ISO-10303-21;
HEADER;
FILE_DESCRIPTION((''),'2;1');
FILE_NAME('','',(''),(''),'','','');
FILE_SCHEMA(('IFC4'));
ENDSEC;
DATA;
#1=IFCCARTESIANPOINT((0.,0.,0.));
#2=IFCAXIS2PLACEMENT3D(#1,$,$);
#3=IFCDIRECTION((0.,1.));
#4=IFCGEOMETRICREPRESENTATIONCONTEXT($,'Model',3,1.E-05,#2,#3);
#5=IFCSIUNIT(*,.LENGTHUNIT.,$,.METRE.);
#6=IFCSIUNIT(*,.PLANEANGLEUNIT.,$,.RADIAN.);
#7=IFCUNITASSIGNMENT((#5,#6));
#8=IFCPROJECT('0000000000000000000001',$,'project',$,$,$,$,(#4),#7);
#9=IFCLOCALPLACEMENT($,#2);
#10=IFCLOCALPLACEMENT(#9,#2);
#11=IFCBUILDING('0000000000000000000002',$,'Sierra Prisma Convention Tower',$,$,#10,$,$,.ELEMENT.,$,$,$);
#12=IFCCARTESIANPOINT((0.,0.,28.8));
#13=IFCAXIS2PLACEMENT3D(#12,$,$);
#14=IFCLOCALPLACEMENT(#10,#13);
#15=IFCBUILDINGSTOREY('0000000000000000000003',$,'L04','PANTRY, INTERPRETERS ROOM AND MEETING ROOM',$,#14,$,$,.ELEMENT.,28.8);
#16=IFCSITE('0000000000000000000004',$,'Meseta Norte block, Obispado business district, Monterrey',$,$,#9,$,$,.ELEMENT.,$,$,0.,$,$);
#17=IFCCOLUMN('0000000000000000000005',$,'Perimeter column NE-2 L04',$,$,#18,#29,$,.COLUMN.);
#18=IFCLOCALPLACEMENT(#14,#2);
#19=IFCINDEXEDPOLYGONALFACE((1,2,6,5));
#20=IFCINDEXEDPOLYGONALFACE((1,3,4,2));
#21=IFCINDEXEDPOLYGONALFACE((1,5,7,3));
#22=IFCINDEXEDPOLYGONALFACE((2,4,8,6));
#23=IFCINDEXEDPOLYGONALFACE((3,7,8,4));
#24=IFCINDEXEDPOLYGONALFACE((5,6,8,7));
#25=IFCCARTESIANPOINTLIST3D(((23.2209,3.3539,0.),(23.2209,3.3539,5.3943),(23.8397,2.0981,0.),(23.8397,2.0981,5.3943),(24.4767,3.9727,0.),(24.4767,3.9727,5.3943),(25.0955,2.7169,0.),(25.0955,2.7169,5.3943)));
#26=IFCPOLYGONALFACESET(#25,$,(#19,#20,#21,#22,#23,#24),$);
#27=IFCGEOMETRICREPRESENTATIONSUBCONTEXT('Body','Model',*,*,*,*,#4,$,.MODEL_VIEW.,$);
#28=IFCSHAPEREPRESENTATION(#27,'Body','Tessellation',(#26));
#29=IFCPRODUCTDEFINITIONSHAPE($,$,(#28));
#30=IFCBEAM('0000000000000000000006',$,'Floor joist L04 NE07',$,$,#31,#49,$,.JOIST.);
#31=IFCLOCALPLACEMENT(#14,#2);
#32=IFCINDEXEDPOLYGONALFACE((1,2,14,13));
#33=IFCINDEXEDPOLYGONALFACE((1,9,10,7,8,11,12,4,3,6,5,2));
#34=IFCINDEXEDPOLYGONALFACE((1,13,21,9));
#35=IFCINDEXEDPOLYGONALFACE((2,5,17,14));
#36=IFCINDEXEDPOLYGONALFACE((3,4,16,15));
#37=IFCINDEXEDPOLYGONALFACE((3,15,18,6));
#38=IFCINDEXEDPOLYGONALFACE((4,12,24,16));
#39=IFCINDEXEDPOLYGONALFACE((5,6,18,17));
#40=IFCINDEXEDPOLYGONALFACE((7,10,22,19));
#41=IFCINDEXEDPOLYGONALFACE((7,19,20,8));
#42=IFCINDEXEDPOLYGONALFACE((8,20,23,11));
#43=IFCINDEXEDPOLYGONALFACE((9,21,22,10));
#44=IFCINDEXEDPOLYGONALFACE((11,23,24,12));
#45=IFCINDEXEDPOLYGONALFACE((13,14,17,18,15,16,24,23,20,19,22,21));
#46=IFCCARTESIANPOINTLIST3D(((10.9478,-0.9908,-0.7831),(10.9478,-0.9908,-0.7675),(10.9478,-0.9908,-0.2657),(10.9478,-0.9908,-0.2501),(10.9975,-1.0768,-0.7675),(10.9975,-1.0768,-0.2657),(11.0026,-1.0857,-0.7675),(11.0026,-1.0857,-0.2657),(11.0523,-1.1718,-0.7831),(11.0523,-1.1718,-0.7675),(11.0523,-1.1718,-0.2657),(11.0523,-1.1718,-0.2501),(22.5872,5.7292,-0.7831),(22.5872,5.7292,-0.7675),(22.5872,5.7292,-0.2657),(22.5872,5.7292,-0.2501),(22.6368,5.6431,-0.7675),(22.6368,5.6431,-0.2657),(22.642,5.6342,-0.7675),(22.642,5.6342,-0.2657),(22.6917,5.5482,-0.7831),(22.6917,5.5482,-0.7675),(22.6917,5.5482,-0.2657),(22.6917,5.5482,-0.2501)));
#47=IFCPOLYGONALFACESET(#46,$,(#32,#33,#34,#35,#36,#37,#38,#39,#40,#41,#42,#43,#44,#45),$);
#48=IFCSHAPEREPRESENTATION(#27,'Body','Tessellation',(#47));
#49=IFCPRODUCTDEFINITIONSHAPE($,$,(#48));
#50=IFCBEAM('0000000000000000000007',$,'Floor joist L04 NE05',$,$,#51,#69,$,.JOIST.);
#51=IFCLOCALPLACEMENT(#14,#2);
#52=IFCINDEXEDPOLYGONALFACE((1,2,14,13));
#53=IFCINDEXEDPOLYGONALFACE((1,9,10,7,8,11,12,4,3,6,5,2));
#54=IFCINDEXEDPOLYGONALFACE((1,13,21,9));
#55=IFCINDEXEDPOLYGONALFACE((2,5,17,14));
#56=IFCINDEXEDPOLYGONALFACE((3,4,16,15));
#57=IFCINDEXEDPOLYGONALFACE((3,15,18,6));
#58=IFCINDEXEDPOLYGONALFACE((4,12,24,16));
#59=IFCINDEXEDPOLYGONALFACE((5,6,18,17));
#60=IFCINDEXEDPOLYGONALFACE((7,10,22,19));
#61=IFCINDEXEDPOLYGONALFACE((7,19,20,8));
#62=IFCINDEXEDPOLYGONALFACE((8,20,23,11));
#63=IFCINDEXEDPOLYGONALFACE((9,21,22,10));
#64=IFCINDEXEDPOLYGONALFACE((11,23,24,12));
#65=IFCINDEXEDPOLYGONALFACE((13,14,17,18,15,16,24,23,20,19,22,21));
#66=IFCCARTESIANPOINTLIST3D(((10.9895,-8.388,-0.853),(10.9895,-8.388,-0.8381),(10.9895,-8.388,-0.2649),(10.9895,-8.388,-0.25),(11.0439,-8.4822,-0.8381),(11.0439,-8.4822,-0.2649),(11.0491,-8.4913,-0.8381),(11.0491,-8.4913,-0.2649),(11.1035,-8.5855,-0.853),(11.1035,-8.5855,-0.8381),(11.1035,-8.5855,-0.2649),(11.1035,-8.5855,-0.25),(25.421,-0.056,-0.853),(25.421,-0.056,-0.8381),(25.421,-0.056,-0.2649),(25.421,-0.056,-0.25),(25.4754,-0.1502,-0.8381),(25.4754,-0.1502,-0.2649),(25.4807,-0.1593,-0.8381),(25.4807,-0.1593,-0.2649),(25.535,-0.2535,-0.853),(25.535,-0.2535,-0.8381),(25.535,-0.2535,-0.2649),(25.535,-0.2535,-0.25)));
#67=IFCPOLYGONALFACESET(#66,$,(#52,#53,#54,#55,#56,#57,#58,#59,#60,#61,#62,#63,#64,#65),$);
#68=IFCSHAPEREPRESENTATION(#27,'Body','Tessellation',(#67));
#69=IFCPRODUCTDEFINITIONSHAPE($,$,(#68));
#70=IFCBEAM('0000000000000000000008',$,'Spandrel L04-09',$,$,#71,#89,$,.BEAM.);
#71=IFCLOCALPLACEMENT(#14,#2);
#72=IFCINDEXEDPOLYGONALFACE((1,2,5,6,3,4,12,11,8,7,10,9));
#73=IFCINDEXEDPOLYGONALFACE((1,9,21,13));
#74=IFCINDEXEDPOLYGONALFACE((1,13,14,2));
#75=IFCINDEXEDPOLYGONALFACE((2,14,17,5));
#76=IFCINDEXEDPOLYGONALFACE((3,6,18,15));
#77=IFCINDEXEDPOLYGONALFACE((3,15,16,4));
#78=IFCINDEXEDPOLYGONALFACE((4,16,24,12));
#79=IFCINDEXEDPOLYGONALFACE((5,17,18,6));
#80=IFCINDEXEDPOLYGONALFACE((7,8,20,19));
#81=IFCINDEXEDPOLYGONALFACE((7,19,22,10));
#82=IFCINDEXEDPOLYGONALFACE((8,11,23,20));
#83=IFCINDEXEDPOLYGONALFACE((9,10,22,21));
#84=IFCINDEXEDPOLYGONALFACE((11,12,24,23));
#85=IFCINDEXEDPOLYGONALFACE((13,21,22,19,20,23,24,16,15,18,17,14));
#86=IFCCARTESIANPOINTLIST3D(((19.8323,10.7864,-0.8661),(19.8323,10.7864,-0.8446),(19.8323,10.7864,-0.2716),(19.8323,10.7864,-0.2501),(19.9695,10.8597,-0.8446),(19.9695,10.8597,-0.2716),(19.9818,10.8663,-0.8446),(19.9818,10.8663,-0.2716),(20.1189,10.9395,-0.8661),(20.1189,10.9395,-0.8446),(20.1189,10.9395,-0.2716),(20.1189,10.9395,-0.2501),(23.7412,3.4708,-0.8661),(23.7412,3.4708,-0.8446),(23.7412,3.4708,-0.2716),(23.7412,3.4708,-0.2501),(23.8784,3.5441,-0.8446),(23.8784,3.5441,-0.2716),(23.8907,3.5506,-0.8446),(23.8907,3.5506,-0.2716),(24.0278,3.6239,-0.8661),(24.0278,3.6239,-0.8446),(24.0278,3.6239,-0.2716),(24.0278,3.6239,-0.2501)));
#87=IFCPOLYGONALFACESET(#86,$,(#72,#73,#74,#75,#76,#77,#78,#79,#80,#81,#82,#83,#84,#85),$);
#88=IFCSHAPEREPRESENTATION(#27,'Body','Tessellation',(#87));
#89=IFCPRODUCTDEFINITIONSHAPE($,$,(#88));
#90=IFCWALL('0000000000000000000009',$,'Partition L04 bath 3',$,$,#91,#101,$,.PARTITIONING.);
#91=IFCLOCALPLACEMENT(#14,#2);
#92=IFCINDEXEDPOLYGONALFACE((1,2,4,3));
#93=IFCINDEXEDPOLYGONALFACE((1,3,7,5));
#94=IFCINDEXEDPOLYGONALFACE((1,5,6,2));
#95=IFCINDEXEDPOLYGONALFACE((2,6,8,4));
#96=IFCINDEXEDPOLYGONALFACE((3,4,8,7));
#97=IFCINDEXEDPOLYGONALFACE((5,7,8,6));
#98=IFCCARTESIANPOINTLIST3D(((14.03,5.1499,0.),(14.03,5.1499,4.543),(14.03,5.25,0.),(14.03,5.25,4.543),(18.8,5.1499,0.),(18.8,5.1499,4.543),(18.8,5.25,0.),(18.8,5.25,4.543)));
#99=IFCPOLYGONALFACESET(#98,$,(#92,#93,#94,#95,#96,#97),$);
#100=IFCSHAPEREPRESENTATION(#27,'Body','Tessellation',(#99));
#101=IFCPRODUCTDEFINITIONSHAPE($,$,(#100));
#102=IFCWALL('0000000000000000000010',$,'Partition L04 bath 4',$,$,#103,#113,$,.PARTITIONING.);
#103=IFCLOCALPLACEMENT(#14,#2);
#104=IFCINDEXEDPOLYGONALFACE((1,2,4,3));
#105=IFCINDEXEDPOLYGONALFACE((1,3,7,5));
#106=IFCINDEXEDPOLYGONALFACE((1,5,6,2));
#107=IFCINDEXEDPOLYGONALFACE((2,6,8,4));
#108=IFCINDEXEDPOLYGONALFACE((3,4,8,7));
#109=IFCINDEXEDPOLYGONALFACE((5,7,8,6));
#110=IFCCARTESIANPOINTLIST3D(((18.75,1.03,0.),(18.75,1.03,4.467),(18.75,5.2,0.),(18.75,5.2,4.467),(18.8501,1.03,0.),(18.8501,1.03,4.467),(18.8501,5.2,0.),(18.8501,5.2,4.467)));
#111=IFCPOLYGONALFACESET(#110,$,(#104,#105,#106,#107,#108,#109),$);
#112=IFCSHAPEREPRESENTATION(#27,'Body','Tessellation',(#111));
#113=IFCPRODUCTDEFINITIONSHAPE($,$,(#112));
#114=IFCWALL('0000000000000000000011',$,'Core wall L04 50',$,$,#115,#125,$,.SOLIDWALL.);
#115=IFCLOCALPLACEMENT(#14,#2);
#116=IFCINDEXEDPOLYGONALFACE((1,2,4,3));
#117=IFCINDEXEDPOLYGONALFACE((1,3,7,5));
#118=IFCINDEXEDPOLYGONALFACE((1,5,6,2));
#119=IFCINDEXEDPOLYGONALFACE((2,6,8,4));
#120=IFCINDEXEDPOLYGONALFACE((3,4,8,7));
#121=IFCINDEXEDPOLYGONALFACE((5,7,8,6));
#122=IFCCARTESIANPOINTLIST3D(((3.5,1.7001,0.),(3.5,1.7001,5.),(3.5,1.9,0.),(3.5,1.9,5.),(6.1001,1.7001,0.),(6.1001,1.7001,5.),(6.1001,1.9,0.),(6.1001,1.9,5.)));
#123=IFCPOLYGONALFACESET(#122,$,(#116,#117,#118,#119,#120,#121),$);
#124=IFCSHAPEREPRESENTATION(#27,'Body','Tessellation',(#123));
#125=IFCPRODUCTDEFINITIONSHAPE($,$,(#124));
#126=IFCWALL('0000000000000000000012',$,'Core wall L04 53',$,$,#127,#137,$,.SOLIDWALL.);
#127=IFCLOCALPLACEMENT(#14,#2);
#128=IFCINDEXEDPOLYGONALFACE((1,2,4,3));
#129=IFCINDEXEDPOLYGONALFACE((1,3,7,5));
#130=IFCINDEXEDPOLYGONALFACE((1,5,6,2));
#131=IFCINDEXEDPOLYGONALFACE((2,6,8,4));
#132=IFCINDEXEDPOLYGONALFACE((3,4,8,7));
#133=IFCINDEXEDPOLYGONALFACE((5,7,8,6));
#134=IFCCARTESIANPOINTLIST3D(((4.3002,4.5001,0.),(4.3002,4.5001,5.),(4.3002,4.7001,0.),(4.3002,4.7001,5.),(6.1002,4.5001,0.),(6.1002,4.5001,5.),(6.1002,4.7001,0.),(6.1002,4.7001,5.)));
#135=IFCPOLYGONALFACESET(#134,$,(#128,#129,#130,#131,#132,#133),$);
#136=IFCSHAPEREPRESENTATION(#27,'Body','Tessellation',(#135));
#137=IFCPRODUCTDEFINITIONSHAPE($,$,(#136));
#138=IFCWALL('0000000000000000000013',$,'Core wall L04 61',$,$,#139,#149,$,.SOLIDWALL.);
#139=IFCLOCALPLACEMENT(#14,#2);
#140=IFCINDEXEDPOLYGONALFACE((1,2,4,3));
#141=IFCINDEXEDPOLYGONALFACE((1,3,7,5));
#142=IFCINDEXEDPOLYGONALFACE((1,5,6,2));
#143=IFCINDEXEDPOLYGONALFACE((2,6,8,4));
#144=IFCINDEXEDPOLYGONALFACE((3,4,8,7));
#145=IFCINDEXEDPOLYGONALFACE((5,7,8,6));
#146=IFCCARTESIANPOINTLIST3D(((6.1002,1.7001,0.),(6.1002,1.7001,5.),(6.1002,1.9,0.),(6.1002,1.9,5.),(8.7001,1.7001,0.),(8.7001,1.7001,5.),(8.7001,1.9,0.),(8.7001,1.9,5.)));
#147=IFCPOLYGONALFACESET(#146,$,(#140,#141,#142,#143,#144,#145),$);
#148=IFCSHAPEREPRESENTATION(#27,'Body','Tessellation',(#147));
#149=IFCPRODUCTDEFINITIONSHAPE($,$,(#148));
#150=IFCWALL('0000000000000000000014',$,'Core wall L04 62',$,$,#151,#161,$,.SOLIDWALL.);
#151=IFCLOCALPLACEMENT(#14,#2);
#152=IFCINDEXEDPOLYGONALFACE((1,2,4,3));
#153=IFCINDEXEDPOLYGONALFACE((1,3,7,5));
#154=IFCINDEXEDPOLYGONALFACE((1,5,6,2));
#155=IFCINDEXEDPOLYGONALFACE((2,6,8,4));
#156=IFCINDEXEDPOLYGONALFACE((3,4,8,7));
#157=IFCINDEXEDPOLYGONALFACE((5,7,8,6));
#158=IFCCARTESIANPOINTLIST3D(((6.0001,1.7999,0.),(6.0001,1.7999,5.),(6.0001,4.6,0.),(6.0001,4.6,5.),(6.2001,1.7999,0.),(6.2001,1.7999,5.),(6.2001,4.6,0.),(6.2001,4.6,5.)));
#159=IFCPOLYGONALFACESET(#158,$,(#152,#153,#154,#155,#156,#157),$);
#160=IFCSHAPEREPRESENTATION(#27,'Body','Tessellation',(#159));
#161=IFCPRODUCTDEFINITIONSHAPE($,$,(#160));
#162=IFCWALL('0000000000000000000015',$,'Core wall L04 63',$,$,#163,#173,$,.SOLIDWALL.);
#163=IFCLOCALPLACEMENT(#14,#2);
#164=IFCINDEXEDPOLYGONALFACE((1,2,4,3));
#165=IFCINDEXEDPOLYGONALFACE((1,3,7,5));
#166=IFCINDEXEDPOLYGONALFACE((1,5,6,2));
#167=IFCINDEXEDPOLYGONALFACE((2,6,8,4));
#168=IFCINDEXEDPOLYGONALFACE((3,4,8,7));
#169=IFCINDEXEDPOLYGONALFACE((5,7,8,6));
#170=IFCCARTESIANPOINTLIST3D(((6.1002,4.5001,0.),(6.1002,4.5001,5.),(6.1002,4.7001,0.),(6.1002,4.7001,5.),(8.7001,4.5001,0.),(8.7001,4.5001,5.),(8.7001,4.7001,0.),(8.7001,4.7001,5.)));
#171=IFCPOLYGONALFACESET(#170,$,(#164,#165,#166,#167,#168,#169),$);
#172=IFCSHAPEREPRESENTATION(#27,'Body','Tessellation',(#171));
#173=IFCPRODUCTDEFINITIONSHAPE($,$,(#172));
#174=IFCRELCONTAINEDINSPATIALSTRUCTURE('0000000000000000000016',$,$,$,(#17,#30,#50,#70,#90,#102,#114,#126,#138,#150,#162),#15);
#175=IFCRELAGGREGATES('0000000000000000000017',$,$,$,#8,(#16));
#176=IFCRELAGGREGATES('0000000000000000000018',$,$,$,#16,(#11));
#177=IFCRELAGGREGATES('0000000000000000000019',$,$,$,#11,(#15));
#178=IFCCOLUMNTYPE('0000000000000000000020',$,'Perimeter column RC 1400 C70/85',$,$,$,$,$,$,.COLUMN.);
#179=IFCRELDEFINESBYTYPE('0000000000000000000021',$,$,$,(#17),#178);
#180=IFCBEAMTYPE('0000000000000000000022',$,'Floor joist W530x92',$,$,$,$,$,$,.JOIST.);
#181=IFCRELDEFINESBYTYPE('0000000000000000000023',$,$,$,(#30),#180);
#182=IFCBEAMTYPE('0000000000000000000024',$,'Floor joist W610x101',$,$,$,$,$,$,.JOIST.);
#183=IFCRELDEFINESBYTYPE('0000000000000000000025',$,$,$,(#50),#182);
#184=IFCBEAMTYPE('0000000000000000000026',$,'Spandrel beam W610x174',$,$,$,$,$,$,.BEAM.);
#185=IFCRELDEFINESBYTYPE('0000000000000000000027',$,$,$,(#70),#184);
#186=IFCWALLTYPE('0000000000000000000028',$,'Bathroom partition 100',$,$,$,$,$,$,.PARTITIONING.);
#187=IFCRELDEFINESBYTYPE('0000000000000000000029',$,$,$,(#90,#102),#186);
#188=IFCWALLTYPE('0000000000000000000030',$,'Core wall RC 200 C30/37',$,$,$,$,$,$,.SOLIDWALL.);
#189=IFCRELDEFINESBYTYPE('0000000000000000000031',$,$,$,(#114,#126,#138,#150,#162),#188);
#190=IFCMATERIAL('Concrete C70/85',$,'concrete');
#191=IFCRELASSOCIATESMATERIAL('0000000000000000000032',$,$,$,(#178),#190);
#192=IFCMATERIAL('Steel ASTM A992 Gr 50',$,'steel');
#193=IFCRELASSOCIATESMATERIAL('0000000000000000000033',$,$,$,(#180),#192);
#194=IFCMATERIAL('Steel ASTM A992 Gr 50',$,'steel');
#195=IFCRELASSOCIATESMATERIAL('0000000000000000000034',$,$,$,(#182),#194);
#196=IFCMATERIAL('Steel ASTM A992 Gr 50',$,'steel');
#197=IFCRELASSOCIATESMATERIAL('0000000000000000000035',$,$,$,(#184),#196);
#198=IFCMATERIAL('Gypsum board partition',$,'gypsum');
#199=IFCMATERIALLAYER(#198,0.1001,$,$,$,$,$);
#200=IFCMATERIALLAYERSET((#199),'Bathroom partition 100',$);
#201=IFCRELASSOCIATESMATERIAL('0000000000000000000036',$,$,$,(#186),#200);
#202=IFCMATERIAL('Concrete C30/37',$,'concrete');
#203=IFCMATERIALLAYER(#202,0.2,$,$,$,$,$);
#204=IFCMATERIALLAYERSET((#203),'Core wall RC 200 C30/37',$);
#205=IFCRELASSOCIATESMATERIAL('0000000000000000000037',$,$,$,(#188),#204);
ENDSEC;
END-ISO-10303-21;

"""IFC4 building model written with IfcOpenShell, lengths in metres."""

from ifc_helpers import new_model, si_unit, direction, frame, frame_2d, origin, origin_2d, place, context, subcontext, project, spatial, rectangle, i_section, extrude, clip, halfspace, material, layer, layer_set, material_profile, profile_set, type_object, element, save


model = new_model("IFC4")

# Units and contexts
model_context = context("Model", 3, precision=1e-05, world=origin(), true_north=direction((0.0, 1.0)))
body_context = subcontext(model_context, "Body", "Model", "MODEL_VIEW")
ifc_project = project(units=[si_unit("LENGTHUNIT", "METRE"), si_unit("PLANEANGLEUNIT", "RADIAN")], contexts=[model_context])

# Site, building, storey
site_placement = place(None, origin())
site = spatial("IfcSite", under=ifc_project, at=site_placement, Name="Meseta Norte block, Obispado business district, Monterrey", CompositionType="ELEMENT", RefElevation=0.0)
building_placement = place(site_placement, origin())
building = spatial("IfcBuilding", under=site, at=building_placement, Name="Sierra Prisma Convention Tower", CompositionType="ELEMENT")
storey_placement = place(building_placement, frame((0.0, 0.0, 28.8)))
storey = spatial("IfcBuildingStorey", under=building, at=storey_placement, Name="L04", Description="PANTRY, INTERPRETERS ROOM AND MEETING ROOM", CompositionType="ELEMENT", Elevation=28.8)

# Column
ifc_material_1 = material(Name="Concrete C70/85", Category="concrete")
ifc_material_profile_1 = material_profile(ifc_material_1, rectangle(XDim=1.3999, YDim=1.3999, at=origin_2d()), Name="Perimeter column RC 1400 C70/85")
ifc_profile_set_1 = profile_set([ifc_material_profile_1], Name="Concrete C70/85")
column_type = type_object("IfcColumnType", Name="Perimeter column RC 1400 C70/85", PredefinedType="COLUMN", material=ifc_profile_set_1)
column_placement = place(storey_placement, frame((24.1582, 3.0354, 0.0), z_axis=(0.0, 0.0, 1.0), x_axis=(-0.442023, 0.897004, 0.0)))
element("IfcColumn", 1, at=column_placement, inside=storey, type_object=column_type, Name="Perimeter column NE-2 L04", PredefinedType="COLUMN", context=body_context, shape_type="SweptSolid", body=[
    clip(extrude(rectangle(XDim=1.3999, YDim=1.3999, at=origin_2d()), origin(), (0.0, 0.0, 1.0), 5.3999), halfspace(frame((0.0, 0.0, 5.3943)), False)),
])

# Beams
ifc_material_2 = material(Name="Steel ASTM A992 Gr 50", Category="steel")
ifc_material_profile_2 = material_profile(ifc_material_2, i_section(OverallWidth=0.209, OverallDepth=0.533, WebThickness=0.0103, FlangeThickness=0.0156, at=origin_2d()), Name="W530x92")
ifc_profile_set_2 = profile_set([ifc_material_profile_2], Name="Steel ASTM A992 Gr 50")
beam_type_1 = type_object("IfcBeamType", Name="Floor joist W530x92", PredefinedType="JOIST", material=ifc_profile_set_2)
beam_1_placement = place(storey_placement, frame((22.6394, 5.6387, -0.5166), z_axis=(-0.866027, -0.499998, 0.0), x_axis=(0.499998, -0.866027, 0.0)))
element("IfcBeam", 2, at=beam_1_placement, inside=storey, type_object=beam_type_1, Name="Floor joist L04 NE07", PredefinedType="JOIST", context=body_context, shape_type="SweptSolid", body=[
    extrude(i_section(OverallWidth=0.209, OverallDepth=0.533, WebThickness=0.0103, FlangeThickness=0.0156, at=origin_2d()), origin(), (0.0, 0.0, 1.0), 13.4399),
])
ifc_material_3 = material(Name="Steel ASTM A992 Gr 50", Category="steel")
ifc_material_profile_3 = material_profile(ifc_material_3, i_section(OverallWidth=0.228, OverallDepth=0.603, WebThickness=0.0105, FlangeThickness=0.0149, at=origin_2d()), Name="W610x101")
ifc_profile_set_3 = profile_set([ifc_material_profile_3], Name="Steel ASTM A992 Gr 50")
beam_type_2 = type_object("IfcBeamType", Name="Floor joist W610x101", PredefinedType="JOIST", material=ifc_profile_set_3)
beam_2_placement = place(storey_placement, frame((25.478, -0.1548, -0.5515), z_axis=(-0.866027, -0.499996, 0.0), x_axis=(0.499996, -0.866027, 0.0)))
element("IfcBeam", 3, at=beam_2_placement, inside=storey, type_object=beam_type_2, Name="Floor joist L04 NE05", PredefinedType="JOIST", context=body_context, shape_type="SweptSolid", body=[
    extrude(i_section(OverallWidth=0.228, OverallDepth=0.603, WebThickness=0.0105, FlangeThickness=0.0149, at=origin_2d()), origin(), (0.0, 0.0, 1.0), 16.6641),
])
ifc_material_4 = material(Name="Steel ASTM A992 Gr 50", Category="steel")
ifc_material_profile_4 = material_profile(ifc_material_4, i_section(OverallWidth=0.325, OverallDepth=0.616, WebThickness=0.0139, FlangeThickness=0.0215, at=origin_2d()), Name="W610x174")
ifc_profile_set_4 = profile_set([ifc_material_profile_4], Name="Steel ASTM A992 Gr 50")
beam_type_3 = type_object("IfcBeamType", Name="Spandrel beam W610x174", PredefinedType="BEAM", material=ifc_profile_set_4)
beam_3_placement = place(storey_placement, frame((23.8845, 3.5474, -0.5581), z_axis=(-0.471268, 0.88199, 0.0), x_axis=(-0.88199, -0.471268, 0.0)))
element("IfcBeam", 4, at=beam_3_placement, inside=storey, type_object=beam_type_3, Name="Spandrel L04-09", PredefinedType="BEAM", context=body_context, shape_type="SweptSolid", body=[
    extrude(i_section(OverallWidth=0.325, OverallDepth=0.616, WebThickness=0.0139, FlangeThickness=0.0215, at=origin_2d()), origin(), (0.0, 0.0, 1.0), 8.2944),
])

# Walls
ifc_material_5 = material(Name="Gypsum board partition", Category="gypsum")
ifc_layer_1 = layer(ifc_material_5, 0.1001)
ifc_layer_set_1 = layer_set([ifc_layer_1], Name="Bathroom partition 100")
wall_type_1 = type_object("IfcWallType", Name="Bathroom partition 100", PredefinedType="PARTITIONING", material=ifc_layer_set_1)
wall_1_placement = place(storey_placement, frame((14.03, 5.2, 0.0), z_axis=(0.0, 0.0, 1.0), x_axis=(1.0, 0.0, 0.0)))
element("IfcWall", 5, at=wall_1_placement, inside=storey, type_object=wall_type_1, Name="Partition L04 bath 3", PredefinedType="PARTITIONING", context=body_context, shape_type="SweptSolid", body=[
    extrude(rectangle(XDim=4.77, YDim=0.1001, at=frame_2d((2.385, 0.0))), origin(), (0.0, 0.0, 1.0), 4.543),
])
wall_2_placement = place(storey_placement, frame((18.8, 5.2, 0.0), z_axis=(0.0, 0.0, 1.0), x_axis=(0.0, -1.0, 0.0)))
element("IfcWall", 6, at=wall_2_placement, inside=storey, type_object=wall_type_1, Name="Partition L04 bath 4", PredefinedType="PARTITIONING", context=body_context, shape_type="SweptSolid", body=[
    extrude(rectangle(XDim=4.1699, YDim=0.1001, at=frame_2d((2.085, 0.0))), origin(), (0.0, 0.0, 1.0), 4.467),
])
ifc_material_6 = material(Name="Concrete C30/37", Category="concrete")
ifc_layer_2 = layer(ifc_material_6, 0.2)
ifc_layer_set_2 = layer_set([ifc_layer_2], Name="Core wall RC 200 C30/37")
wall_type_2 = type_object("IfcWallType", Name="Core wall RC 200 C30/37", PredefinedType="SOLIDWALL", material=ifc_layer_set_2)
wall_3_placement = place(storey_placement, frame((6.1001, 1.8, 0.0), z_axis=(0.0, 0.0, 1.0), x_axis=(-1.0, 0.0, 0.0)))
element("IfcWall", 7, at=wall_3_placement, inside=storey, type_object=wall_type_2, Name="Core wall L04 50", PredefinedType="SOLIDWALL", context=body_context, shape_type="SweptSolid", body=[
    extrude(rectangle(XDim=2.6001, YDim=0.2, at=frame_2d((1.3, 0.0))), origin(), (0.0, 0.0, 1.0), 5.0),
])
wall_4_placement = place(storey_placement, frame((6.1001, 4.6001, 0.0), z_axis=(0.0, 0.0, 1.0), x_axis=(-1.0, 0.0, 0.0)))
element("IfcWall", 8, at=wall_4_placement, inside=storey, type_object=wall_type_2, Name="Core wall L04 53", PredefinedType="SOLIDWALL", context=body_context, shape_type="SweptSolid", body=[
    extrude(rectangle(XDim=1.8, YDim=0.2, at=frame_2d((0.8999, 0.0))), origin(), (0.0, 0.0, 1.0), 5.0),
])
wall_5_placement = place(storey_placement, frame((8.7, 1.8, 0.0), z_axis=(0.0, 0.0, 1.0), x_axis=(-1.0, 0.0, 0.0)))
element("IfcWall", 9, at=wall_5_placement, inside=storey, type_object=wall_type_2, Name="Core wall L04 61", PredefinedType="SOLIDWALL", context=body_context, shape_type="SweptSolid", body=[
    extrude(rectangle(XDim=2.5999, YDim=0.2, at=frame_2d((1.2998, 0.0))), origin(), (0.0, 0.0, 1.0), 5.0),
])
wall_6_placement = place(storey_placement, frame((6.1001, 1.8, 0.0), z_axis=(0.0, 0.0, 1.0), x_axis=(0.0, 1.0, 0.0)))
element("IfcWall", 10, at=wall_6_placement, inside=storey, type_object=wall_type_2, Name="Core wall L04 62", PredefinedType="SOLIDWALL", context=body_context, shape_type="SweptSolid", body=[
    extrude(rectangle(XDim=2.8, YDim=0.2, at=frame_2d((1.3999, 0.0))), origin(), (0.0, 0.0, 1.0), 5.0),
])
wall_7_placement = place(storey_placement, frame((8.7, 4.6001, 0.0), z_axis=(0.0, 0.0, 1.0), x_axis=(-1.0, 0.0, 0.0)))
element("IfcWall", 11, at=wall_7_placement, inside=storey, type_object=wall_type_2, Name="Core wall L04 63", PredefinedType="SOLIDWALL", context=body_context, shape_type="SweptSolid", body=[
    extrude(rectangle(XDim=2.5999, YDim=0.2, at=frame_2d((1.2998, 0.0))), origin(), (0.0, 0.0, 1.0), 5.0),
])

save(model, "model.ifc")
